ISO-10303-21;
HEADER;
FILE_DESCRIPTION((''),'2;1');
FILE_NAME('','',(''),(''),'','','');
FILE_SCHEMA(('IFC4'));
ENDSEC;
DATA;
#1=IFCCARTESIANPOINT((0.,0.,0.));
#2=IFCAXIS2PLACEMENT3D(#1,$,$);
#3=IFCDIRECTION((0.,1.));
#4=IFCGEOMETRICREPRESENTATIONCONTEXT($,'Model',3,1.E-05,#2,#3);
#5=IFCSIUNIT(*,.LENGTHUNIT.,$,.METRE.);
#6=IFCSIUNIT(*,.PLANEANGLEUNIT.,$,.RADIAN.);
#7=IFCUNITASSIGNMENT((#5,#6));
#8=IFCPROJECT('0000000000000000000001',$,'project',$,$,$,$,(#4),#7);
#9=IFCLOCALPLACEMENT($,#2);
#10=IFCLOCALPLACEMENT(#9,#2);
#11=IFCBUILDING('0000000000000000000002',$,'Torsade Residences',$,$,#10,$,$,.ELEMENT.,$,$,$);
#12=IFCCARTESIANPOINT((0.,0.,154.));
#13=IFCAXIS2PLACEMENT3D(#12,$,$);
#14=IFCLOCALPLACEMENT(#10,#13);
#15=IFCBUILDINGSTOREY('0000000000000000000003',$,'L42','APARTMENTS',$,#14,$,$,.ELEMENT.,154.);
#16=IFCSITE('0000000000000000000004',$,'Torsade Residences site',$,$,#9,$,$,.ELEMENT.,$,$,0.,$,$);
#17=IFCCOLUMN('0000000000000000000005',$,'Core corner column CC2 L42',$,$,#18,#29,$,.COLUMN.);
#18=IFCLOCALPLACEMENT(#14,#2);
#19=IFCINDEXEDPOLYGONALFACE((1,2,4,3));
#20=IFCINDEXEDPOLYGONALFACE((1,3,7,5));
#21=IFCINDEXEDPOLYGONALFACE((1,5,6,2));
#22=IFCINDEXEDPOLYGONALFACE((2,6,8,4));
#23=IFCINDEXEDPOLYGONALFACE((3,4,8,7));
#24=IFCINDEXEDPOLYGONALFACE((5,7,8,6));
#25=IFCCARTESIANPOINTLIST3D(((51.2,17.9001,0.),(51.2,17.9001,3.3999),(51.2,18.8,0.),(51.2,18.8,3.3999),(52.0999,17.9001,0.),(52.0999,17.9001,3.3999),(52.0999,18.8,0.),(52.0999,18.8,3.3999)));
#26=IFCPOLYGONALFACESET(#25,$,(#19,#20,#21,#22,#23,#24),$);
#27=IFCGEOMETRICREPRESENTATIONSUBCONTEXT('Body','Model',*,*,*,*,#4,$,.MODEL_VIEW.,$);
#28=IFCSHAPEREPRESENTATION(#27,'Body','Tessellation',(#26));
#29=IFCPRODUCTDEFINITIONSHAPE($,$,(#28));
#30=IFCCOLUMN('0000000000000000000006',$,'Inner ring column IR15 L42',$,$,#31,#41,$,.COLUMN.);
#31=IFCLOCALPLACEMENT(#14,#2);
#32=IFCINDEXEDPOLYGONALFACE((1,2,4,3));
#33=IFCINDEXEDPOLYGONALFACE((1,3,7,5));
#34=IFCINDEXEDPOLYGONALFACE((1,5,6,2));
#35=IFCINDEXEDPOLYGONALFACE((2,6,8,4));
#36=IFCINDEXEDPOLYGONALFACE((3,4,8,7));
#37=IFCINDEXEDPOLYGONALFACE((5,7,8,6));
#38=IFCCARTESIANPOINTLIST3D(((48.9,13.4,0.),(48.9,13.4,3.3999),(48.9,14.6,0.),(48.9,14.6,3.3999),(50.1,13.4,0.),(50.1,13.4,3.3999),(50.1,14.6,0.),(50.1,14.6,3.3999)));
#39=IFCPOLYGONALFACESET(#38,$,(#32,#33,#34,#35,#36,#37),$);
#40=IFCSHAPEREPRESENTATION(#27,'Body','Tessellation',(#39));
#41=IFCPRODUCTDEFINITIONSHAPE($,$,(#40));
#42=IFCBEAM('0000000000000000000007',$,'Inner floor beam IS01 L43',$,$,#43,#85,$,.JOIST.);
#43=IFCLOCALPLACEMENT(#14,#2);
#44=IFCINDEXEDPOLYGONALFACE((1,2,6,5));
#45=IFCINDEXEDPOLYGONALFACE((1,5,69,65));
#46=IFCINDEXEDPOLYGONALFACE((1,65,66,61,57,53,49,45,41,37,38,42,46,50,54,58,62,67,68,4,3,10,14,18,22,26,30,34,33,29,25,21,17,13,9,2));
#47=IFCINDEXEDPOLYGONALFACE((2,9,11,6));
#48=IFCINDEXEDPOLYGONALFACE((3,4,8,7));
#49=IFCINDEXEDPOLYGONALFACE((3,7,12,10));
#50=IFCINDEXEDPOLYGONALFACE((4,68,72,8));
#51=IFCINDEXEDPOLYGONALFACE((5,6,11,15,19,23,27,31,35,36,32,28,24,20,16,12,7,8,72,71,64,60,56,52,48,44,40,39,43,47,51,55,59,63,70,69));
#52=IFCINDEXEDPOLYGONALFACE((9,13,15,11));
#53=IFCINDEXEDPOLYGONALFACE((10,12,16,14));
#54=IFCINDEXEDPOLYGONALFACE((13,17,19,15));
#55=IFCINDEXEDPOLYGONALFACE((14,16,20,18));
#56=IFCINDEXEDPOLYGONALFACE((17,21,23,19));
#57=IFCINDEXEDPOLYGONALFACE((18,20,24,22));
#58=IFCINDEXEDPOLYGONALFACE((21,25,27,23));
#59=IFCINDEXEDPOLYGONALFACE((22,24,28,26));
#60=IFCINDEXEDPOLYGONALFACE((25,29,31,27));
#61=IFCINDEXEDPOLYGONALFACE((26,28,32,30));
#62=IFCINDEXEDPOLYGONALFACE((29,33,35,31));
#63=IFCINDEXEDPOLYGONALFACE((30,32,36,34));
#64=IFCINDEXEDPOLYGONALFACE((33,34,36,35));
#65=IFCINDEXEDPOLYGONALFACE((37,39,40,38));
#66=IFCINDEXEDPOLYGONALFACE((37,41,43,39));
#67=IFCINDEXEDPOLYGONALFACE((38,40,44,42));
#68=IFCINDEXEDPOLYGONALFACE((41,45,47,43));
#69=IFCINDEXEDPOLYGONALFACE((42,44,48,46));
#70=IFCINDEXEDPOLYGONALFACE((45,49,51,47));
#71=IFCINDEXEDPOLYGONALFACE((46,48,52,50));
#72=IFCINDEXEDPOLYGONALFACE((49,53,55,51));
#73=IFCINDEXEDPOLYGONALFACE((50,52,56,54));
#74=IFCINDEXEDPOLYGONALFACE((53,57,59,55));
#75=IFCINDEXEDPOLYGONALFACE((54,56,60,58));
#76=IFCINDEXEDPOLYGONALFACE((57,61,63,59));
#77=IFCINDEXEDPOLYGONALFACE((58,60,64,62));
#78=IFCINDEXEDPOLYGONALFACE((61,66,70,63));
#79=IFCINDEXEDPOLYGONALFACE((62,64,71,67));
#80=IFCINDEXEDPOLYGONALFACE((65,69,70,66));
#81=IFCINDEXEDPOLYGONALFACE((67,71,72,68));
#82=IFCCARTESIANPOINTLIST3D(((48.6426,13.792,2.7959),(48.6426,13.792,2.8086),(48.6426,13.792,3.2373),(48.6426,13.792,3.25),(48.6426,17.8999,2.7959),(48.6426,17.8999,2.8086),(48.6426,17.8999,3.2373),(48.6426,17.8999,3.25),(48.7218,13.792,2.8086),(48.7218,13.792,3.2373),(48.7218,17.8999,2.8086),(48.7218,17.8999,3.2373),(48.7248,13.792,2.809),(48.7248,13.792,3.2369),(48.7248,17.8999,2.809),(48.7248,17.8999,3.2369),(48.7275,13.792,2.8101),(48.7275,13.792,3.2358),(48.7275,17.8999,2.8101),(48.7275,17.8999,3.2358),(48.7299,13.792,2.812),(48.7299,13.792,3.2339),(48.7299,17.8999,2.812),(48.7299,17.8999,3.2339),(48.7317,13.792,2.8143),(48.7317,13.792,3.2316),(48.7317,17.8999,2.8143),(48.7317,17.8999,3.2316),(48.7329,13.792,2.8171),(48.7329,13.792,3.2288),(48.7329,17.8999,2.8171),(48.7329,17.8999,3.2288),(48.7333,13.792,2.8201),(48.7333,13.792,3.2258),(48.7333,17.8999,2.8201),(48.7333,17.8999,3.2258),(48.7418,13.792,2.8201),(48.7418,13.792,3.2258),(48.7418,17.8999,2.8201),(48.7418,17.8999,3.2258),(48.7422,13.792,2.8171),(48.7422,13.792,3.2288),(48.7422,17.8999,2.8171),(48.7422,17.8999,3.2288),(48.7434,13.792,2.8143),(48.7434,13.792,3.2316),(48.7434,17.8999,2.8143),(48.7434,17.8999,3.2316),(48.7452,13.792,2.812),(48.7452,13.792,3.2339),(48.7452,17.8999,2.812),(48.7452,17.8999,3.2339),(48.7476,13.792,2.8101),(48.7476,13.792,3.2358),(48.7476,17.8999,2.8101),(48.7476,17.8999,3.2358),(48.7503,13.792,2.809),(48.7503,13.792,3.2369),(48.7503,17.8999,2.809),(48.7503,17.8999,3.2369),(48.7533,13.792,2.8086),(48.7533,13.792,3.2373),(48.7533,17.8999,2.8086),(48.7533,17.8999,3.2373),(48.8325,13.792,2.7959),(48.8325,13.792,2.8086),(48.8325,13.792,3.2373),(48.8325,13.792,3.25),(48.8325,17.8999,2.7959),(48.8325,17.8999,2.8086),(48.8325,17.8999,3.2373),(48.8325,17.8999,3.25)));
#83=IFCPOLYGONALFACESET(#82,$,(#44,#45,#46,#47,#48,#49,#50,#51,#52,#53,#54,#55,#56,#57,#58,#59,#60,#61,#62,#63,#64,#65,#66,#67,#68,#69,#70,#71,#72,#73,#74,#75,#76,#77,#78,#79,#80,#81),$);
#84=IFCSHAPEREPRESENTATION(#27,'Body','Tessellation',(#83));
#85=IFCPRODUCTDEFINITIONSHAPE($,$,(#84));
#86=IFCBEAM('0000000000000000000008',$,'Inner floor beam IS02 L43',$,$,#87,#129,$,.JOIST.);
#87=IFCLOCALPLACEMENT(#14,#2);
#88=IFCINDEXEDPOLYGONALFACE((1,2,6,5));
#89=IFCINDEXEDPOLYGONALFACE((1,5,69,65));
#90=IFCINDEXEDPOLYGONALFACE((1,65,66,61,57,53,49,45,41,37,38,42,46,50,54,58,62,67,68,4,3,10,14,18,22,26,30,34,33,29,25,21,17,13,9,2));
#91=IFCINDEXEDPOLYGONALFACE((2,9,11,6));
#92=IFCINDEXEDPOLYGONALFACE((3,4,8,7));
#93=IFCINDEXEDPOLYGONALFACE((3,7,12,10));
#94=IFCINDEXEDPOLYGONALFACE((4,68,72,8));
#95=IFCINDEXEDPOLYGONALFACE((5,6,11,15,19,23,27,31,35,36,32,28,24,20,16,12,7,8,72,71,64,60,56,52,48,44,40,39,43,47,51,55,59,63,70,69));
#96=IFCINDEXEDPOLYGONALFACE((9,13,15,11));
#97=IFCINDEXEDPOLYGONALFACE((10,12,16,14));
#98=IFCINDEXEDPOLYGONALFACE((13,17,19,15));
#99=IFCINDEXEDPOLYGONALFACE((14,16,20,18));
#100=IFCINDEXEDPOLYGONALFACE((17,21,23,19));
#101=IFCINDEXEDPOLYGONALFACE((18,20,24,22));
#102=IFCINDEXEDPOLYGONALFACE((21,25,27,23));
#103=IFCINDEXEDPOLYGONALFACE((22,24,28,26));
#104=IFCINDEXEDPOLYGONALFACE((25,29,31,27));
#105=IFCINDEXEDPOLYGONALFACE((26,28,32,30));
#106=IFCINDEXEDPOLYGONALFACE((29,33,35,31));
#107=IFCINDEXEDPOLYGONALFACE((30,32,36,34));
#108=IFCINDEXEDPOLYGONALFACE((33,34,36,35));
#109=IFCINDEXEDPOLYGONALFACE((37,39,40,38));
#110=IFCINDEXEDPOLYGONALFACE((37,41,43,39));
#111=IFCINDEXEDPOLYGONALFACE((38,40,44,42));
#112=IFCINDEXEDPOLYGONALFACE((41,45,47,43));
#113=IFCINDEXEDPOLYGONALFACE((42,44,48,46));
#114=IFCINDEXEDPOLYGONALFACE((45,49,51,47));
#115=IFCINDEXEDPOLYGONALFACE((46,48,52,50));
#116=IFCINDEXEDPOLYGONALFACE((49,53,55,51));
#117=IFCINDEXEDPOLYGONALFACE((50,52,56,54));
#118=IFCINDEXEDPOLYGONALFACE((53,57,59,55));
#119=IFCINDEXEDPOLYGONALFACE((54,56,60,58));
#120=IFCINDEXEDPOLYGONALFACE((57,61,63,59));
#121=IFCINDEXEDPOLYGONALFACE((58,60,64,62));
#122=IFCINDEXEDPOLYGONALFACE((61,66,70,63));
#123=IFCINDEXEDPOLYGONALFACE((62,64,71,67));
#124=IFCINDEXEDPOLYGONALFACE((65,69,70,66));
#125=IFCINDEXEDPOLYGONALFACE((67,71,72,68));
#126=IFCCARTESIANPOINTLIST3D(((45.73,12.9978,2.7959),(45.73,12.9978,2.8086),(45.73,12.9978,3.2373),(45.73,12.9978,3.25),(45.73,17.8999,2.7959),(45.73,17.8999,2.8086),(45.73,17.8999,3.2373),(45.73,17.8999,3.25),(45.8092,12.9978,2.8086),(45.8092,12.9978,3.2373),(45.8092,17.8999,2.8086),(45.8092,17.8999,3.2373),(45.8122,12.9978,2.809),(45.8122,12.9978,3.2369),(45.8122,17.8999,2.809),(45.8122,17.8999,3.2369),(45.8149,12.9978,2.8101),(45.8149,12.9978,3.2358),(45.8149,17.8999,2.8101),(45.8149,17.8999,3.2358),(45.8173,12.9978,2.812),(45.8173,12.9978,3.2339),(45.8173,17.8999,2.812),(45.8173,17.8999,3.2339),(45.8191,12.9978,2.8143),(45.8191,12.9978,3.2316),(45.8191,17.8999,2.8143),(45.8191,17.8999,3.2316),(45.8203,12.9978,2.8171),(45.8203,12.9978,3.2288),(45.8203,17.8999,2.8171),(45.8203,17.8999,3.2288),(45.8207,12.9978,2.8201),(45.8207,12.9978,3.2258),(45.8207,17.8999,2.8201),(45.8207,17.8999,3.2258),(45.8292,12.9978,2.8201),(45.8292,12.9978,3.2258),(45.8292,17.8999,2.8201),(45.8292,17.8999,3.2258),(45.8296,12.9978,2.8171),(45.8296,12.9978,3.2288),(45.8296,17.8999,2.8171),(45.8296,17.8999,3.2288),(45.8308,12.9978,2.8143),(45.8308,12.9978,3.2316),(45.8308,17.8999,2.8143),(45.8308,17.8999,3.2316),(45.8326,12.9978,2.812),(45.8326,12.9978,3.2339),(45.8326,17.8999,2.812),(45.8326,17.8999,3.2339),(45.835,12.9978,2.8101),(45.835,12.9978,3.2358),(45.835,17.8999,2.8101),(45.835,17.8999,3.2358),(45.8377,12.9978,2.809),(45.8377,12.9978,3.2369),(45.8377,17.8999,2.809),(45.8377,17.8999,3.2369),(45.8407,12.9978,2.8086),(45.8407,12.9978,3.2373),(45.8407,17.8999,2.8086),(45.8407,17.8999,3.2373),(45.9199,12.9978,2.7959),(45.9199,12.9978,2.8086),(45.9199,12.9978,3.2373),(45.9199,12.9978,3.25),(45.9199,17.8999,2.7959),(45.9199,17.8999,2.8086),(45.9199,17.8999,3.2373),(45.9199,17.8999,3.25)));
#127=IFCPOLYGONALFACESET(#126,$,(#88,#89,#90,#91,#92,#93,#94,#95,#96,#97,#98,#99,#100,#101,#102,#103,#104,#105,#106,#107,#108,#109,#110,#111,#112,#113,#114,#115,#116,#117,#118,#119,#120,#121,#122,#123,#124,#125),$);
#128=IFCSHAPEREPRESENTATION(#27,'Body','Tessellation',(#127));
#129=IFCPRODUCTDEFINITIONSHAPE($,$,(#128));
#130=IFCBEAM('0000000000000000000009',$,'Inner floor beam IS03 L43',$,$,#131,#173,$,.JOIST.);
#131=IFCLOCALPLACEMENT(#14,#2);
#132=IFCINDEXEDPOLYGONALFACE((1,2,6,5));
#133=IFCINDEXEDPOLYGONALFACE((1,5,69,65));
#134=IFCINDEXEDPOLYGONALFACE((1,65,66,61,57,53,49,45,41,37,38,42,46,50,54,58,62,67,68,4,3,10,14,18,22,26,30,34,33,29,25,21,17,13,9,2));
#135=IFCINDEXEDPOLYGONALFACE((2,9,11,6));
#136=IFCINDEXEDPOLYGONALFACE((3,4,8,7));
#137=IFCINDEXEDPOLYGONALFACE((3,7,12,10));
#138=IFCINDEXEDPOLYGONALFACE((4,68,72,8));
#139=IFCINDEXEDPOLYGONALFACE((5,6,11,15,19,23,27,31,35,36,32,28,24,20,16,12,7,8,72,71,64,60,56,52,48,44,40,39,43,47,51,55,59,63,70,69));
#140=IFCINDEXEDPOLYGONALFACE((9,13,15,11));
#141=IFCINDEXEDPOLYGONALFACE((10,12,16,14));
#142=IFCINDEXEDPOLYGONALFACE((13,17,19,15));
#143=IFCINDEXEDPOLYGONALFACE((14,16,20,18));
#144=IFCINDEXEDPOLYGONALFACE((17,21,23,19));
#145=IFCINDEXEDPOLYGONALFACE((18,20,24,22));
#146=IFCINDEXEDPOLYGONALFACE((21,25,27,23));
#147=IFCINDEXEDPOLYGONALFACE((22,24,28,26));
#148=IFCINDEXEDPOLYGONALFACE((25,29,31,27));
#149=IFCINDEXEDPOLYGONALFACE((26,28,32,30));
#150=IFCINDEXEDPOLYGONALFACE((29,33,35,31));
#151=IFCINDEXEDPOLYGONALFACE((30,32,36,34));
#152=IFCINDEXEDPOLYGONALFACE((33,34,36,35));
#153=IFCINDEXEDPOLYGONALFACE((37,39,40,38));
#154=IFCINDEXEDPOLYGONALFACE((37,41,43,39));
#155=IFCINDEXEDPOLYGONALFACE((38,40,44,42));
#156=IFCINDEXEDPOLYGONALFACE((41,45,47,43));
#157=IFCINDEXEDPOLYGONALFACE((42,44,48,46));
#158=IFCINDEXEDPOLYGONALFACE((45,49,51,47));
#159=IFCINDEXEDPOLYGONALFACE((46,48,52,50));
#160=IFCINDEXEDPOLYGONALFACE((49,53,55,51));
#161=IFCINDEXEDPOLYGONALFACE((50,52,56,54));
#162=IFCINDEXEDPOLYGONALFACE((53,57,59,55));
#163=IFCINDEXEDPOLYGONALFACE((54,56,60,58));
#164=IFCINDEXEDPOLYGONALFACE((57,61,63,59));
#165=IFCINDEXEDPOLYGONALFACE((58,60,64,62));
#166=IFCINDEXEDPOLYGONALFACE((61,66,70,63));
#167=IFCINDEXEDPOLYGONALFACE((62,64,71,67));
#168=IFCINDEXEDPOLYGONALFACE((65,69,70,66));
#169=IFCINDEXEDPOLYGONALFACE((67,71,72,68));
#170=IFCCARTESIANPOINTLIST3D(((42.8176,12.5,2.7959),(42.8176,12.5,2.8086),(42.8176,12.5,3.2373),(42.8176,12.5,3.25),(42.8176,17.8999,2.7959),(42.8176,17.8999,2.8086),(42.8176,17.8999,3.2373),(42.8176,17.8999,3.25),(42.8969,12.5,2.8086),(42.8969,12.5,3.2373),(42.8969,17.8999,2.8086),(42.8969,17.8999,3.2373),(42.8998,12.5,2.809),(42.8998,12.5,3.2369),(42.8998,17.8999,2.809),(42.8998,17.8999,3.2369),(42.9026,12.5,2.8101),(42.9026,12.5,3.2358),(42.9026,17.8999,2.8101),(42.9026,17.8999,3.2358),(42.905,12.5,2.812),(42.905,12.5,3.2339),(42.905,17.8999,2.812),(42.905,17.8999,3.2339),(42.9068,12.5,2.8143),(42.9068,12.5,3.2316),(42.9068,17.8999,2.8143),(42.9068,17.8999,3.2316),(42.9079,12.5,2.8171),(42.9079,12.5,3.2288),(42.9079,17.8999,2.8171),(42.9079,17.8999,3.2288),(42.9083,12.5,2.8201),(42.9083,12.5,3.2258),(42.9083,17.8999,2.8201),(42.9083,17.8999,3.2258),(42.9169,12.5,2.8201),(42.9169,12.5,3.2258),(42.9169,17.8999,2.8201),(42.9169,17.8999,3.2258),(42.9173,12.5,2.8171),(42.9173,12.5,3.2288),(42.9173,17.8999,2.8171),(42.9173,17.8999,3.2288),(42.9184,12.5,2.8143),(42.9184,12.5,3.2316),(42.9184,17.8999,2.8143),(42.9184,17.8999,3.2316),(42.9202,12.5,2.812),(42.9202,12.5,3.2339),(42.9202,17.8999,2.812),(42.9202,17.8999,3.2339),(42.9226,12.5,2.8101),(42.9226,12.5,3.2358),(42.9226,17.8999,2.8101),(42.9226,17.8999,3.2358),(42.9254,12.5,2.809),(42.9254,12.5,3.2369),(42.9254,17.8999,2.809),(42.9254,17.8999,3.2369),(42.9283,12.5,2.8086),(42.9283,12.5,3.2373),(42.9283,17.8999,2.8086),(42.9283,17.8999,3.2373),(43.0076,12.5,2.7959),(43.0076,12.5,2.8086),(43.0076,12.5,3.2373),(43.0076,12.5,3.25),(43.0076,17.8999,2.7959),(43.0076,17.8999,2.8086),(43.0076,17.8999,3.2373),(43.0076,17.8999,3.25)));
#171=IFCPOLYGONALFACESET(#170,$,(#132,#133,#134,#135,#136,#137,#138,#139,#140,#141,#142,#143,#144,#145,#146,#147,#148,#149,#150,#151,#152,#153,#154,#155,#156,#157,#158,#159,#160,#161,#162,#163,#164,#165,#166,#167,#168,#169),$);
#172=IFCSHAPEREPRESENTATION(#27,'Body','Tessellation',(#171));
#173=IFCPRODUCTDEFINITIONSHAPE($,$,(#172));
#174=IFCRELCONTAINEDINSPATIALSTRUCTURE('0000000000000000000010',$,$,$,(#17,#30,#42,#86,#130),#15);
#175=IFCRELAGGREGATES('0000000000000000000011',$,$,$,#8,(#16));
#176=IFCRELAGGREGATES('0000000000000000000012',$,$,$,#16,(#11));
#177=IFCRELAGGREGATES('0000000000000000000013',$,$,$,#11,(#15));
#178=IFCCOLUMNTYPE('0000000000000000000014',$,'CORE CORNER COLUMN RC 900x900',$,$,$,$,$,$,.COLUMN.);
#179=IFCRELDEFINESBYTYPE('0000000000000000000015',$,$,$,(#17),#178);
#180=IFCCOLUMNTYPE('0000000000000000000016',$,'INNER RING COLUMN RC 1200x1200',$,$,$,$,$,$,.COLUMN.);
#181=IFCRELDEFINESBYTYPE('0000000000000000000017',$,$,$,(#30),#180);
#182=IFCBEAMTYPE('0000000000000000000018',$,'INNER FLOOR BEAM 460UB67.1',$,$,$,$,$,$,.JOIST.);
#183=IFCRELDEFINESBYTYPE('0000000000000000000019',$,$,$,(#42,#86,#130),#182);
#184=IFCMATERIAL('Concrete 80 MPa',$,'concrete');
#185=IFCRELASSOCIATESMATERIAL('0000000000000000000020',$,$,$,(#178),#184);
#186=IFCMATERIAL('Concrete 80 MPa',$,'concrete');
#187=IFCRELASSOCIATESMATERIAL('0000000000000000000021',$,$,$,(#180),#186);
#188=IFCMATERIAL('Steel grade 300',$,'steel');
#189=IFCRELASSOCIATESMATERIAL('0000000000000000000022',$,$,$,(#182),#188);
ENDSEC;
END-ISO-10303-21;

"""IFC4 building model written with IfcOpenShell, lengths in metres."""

from ifc_helpers import new_model, si_unit, direction, frame, origin, origin_2d, place, context, subcontext, project, spatial, rectangle, i_section, extrude, material, material_profile, profile_set, type_object, element, save


model = new_model("IFC4")

# Units and contexts
model_context = context("Model", 3, precision=1e-05, world=origin(), true_north=direction((0.0, 1.0)))
body_context = subcontext(model_context, "Body", "Model", "MODEL_VIEW")
ifc_project = project(units=[si_unit("LENGTHUNIT", "METRE"), si_unit("PLANEANGLEUNIT", "RADIAN")], contexts=[model_context])

# Site, building, storey
site_placement = place(None, origin())
site = spatial("IfcSite", under=ifc_project, at=site_placement, Name="Torsade Residences site", CompositionType="ELEMENT", RefElevation=0.0)
building_placement = place(site_placement, origin())
building = spatial("IfcBuilding", under=site, at=building_placement, Name="Torsade Residences", CompositionType="ELEMENT")
storey_placement = place(building_placement, frame((0.0, 0.0, 154.0)))
storey = spatial("IfcBuildingStorey", under=building, at=storey_placement, Name="L42", Description="APARTMENTS", CompositionType="ELEMENT", Elevation=154.0)

# Columns
ifc_material_1 = material(Name="Concrete 80 MPa", Category="concrete")
ifc_material_profile_1 = material_profile(ifc_material_1, rectangle(XDim=0.8999, YDim=0.8999, at=origin_2d()), Name="RC 900x900")
ifc_profile_set_1 = profile_set([ifc_material_profile_1], Name="Concrete 80 MPa")
column_type_1 = type_object("IfcColumnType", Name="CORE CORNER COLUMN RC 900x900", PredefinedType="COLUMN", material=ifc_profile_set_1)
column_1_placement = place(storey_placement, frame((51.6499, 18.3501, 0.0), z_axis=(0.0, 0.0, 1.0), x_axis=(1.0, 0.0, 0.0)))
element("IfcColumn", 1, at=column_1_placement, inside=storey, type_object=column_type_1, Name="Core corner column CC2 L42", PredefinedType="COLUMN", context=body_context, shape_type="SweptSolid", body=[
    extrude(rectangle(XDim=0.8999, YDim=0.8999, at=origin_2d()), origin(), (0.0, 0.0, 1.0), 3.3999),
])
ifc_material_2 = material(Name="Concrete 80 MPa", Category="concrete")
ifc_material_profile_2 = material_profile(ifc_material_2, rectangle(XDim=1.2, YDim=1.2, at=origin_2d()), Name="RC 1200x1200")
ifc_profile_set_2 = profile_set([ifc_material_profile_2], Name="Concrete 80 MPa")
column_type_2 = type_object("IfcColumnType", Name="INNER RING COLUMN RC 1200x1200", PredefinedType="COLUMN", material=ifc_profile_set_2)
column_2_placement = place(storey_placement, frame((49.5, 14.0, 0.0), z_axis=(0.0, 0.0, 1.0), x_axis=(1.0, 0.0, 0.0)))
element("IfcColumn", 2, at=column_2_placement, inside=storey, type_object=column_type_2, Name="Inner ring column IR15 L42", PredefinedType="COLUMN", context=body_context, shape_type="SweptSolid", body=[
    extrude(rectangle(XDim=1.2, YDim=1.2, at=origin_2d()), origin(), (0.0, 0.0, 1.0), 3.3999),
])

# Beams
ifc_material_3 = material(Name="Steel grade 300", Category="steel")
ifc_material_profile_3 = material_profile(ifc_material_3, i_section(OverallWidth=0.1899, OverallDepth=0.4541, WebThickness=0.0085, FlangeThickness=0.0127, FilletRadius=0.0115, at=origin_2d()), Name="460UB67.1")
ifc_profile_set_3 = profile_set([ifc_material_profile_3], Name="Steel grade 300")
beam_type_1 = type_object("IfcBeamType", Name="INNER FLOOR BEAM 460UB67.1", PredefinedType="JOIST", material=ifc_profile_set_3)
beam_1_placement = place(storey_placement, frame((48.7375, 17.8999, 3.0229), z_axis=(0.0, -1.0, 0.0), x_axis=(1.0, 0.0, 0.0)))
element("IfcBeam", 3, at=beam_1_placement, inside=storey, type_object=beam_type_1, Name="Inner floor beam IS01 L43", PredefinedType="JOIST", context=body_context, shape_type="SweptSolid", body=[
    extrude(i_section(OverallWidth=0.1899, OverallDepth=0.4541, WebThickness=0.0085, FlangeThickness=0.0127, FilletRadius=0.0115, at=origin_2d()), origin(), (0.0, 0.0, 1.0), 4.1079),
])
beam_2_placement = place(storey_placement, frame((45.825, 17.8999, 3.0229), z_axis=(0.0, -1.0, 0.0), x_axis=(1.0, 0.0, 0.0)))
element("IfcBeam", 4, at=beam_2_placement, inside=storey, type_object=beam_type_1, Name="Inner floor beam IS02 L43", PredefinedType="JOIST", context=body_context, shape_type="SweptSolid", body=[
    extrude(i_section(OverallWidth=0.1899, OverallDepth=0.4541, WebThickness=0.0085, FlangeThickness=0.0127, FilletRadius=0.0115, at=origin_2d()), origin(), (0.0, 0.0, 1.0), 4.9021),
])
for number, where, z_axis, x_axis, name in (
    (5, (42.9126, 17.8999, 3.0229), (0.0, -1.0, 0.0), (1.0, 0.0, 0.0), "Inner floor beam IS03 L43"),
):
    element("IfcBeam", number, at=place(storey_placement, frame(where, z_axis=z_axis, x_axis=x_axis)), inside=storey, type_object=beam_type_1, Name=name, PredefinedType="JOIST", context=body_context, shape_type="SweptSolid", body=[
        extrude(i_section(OverallWidth=0.1899, OverallDepth=0.4541, WebThickness=0.0085, FlangeThickness=0.0127, FilletRadius=0.0115, at=origin_2d()), origin(), (0.0, 0.0, 1.0), 5.3999),
    ])

save(model, "model.ifc")
